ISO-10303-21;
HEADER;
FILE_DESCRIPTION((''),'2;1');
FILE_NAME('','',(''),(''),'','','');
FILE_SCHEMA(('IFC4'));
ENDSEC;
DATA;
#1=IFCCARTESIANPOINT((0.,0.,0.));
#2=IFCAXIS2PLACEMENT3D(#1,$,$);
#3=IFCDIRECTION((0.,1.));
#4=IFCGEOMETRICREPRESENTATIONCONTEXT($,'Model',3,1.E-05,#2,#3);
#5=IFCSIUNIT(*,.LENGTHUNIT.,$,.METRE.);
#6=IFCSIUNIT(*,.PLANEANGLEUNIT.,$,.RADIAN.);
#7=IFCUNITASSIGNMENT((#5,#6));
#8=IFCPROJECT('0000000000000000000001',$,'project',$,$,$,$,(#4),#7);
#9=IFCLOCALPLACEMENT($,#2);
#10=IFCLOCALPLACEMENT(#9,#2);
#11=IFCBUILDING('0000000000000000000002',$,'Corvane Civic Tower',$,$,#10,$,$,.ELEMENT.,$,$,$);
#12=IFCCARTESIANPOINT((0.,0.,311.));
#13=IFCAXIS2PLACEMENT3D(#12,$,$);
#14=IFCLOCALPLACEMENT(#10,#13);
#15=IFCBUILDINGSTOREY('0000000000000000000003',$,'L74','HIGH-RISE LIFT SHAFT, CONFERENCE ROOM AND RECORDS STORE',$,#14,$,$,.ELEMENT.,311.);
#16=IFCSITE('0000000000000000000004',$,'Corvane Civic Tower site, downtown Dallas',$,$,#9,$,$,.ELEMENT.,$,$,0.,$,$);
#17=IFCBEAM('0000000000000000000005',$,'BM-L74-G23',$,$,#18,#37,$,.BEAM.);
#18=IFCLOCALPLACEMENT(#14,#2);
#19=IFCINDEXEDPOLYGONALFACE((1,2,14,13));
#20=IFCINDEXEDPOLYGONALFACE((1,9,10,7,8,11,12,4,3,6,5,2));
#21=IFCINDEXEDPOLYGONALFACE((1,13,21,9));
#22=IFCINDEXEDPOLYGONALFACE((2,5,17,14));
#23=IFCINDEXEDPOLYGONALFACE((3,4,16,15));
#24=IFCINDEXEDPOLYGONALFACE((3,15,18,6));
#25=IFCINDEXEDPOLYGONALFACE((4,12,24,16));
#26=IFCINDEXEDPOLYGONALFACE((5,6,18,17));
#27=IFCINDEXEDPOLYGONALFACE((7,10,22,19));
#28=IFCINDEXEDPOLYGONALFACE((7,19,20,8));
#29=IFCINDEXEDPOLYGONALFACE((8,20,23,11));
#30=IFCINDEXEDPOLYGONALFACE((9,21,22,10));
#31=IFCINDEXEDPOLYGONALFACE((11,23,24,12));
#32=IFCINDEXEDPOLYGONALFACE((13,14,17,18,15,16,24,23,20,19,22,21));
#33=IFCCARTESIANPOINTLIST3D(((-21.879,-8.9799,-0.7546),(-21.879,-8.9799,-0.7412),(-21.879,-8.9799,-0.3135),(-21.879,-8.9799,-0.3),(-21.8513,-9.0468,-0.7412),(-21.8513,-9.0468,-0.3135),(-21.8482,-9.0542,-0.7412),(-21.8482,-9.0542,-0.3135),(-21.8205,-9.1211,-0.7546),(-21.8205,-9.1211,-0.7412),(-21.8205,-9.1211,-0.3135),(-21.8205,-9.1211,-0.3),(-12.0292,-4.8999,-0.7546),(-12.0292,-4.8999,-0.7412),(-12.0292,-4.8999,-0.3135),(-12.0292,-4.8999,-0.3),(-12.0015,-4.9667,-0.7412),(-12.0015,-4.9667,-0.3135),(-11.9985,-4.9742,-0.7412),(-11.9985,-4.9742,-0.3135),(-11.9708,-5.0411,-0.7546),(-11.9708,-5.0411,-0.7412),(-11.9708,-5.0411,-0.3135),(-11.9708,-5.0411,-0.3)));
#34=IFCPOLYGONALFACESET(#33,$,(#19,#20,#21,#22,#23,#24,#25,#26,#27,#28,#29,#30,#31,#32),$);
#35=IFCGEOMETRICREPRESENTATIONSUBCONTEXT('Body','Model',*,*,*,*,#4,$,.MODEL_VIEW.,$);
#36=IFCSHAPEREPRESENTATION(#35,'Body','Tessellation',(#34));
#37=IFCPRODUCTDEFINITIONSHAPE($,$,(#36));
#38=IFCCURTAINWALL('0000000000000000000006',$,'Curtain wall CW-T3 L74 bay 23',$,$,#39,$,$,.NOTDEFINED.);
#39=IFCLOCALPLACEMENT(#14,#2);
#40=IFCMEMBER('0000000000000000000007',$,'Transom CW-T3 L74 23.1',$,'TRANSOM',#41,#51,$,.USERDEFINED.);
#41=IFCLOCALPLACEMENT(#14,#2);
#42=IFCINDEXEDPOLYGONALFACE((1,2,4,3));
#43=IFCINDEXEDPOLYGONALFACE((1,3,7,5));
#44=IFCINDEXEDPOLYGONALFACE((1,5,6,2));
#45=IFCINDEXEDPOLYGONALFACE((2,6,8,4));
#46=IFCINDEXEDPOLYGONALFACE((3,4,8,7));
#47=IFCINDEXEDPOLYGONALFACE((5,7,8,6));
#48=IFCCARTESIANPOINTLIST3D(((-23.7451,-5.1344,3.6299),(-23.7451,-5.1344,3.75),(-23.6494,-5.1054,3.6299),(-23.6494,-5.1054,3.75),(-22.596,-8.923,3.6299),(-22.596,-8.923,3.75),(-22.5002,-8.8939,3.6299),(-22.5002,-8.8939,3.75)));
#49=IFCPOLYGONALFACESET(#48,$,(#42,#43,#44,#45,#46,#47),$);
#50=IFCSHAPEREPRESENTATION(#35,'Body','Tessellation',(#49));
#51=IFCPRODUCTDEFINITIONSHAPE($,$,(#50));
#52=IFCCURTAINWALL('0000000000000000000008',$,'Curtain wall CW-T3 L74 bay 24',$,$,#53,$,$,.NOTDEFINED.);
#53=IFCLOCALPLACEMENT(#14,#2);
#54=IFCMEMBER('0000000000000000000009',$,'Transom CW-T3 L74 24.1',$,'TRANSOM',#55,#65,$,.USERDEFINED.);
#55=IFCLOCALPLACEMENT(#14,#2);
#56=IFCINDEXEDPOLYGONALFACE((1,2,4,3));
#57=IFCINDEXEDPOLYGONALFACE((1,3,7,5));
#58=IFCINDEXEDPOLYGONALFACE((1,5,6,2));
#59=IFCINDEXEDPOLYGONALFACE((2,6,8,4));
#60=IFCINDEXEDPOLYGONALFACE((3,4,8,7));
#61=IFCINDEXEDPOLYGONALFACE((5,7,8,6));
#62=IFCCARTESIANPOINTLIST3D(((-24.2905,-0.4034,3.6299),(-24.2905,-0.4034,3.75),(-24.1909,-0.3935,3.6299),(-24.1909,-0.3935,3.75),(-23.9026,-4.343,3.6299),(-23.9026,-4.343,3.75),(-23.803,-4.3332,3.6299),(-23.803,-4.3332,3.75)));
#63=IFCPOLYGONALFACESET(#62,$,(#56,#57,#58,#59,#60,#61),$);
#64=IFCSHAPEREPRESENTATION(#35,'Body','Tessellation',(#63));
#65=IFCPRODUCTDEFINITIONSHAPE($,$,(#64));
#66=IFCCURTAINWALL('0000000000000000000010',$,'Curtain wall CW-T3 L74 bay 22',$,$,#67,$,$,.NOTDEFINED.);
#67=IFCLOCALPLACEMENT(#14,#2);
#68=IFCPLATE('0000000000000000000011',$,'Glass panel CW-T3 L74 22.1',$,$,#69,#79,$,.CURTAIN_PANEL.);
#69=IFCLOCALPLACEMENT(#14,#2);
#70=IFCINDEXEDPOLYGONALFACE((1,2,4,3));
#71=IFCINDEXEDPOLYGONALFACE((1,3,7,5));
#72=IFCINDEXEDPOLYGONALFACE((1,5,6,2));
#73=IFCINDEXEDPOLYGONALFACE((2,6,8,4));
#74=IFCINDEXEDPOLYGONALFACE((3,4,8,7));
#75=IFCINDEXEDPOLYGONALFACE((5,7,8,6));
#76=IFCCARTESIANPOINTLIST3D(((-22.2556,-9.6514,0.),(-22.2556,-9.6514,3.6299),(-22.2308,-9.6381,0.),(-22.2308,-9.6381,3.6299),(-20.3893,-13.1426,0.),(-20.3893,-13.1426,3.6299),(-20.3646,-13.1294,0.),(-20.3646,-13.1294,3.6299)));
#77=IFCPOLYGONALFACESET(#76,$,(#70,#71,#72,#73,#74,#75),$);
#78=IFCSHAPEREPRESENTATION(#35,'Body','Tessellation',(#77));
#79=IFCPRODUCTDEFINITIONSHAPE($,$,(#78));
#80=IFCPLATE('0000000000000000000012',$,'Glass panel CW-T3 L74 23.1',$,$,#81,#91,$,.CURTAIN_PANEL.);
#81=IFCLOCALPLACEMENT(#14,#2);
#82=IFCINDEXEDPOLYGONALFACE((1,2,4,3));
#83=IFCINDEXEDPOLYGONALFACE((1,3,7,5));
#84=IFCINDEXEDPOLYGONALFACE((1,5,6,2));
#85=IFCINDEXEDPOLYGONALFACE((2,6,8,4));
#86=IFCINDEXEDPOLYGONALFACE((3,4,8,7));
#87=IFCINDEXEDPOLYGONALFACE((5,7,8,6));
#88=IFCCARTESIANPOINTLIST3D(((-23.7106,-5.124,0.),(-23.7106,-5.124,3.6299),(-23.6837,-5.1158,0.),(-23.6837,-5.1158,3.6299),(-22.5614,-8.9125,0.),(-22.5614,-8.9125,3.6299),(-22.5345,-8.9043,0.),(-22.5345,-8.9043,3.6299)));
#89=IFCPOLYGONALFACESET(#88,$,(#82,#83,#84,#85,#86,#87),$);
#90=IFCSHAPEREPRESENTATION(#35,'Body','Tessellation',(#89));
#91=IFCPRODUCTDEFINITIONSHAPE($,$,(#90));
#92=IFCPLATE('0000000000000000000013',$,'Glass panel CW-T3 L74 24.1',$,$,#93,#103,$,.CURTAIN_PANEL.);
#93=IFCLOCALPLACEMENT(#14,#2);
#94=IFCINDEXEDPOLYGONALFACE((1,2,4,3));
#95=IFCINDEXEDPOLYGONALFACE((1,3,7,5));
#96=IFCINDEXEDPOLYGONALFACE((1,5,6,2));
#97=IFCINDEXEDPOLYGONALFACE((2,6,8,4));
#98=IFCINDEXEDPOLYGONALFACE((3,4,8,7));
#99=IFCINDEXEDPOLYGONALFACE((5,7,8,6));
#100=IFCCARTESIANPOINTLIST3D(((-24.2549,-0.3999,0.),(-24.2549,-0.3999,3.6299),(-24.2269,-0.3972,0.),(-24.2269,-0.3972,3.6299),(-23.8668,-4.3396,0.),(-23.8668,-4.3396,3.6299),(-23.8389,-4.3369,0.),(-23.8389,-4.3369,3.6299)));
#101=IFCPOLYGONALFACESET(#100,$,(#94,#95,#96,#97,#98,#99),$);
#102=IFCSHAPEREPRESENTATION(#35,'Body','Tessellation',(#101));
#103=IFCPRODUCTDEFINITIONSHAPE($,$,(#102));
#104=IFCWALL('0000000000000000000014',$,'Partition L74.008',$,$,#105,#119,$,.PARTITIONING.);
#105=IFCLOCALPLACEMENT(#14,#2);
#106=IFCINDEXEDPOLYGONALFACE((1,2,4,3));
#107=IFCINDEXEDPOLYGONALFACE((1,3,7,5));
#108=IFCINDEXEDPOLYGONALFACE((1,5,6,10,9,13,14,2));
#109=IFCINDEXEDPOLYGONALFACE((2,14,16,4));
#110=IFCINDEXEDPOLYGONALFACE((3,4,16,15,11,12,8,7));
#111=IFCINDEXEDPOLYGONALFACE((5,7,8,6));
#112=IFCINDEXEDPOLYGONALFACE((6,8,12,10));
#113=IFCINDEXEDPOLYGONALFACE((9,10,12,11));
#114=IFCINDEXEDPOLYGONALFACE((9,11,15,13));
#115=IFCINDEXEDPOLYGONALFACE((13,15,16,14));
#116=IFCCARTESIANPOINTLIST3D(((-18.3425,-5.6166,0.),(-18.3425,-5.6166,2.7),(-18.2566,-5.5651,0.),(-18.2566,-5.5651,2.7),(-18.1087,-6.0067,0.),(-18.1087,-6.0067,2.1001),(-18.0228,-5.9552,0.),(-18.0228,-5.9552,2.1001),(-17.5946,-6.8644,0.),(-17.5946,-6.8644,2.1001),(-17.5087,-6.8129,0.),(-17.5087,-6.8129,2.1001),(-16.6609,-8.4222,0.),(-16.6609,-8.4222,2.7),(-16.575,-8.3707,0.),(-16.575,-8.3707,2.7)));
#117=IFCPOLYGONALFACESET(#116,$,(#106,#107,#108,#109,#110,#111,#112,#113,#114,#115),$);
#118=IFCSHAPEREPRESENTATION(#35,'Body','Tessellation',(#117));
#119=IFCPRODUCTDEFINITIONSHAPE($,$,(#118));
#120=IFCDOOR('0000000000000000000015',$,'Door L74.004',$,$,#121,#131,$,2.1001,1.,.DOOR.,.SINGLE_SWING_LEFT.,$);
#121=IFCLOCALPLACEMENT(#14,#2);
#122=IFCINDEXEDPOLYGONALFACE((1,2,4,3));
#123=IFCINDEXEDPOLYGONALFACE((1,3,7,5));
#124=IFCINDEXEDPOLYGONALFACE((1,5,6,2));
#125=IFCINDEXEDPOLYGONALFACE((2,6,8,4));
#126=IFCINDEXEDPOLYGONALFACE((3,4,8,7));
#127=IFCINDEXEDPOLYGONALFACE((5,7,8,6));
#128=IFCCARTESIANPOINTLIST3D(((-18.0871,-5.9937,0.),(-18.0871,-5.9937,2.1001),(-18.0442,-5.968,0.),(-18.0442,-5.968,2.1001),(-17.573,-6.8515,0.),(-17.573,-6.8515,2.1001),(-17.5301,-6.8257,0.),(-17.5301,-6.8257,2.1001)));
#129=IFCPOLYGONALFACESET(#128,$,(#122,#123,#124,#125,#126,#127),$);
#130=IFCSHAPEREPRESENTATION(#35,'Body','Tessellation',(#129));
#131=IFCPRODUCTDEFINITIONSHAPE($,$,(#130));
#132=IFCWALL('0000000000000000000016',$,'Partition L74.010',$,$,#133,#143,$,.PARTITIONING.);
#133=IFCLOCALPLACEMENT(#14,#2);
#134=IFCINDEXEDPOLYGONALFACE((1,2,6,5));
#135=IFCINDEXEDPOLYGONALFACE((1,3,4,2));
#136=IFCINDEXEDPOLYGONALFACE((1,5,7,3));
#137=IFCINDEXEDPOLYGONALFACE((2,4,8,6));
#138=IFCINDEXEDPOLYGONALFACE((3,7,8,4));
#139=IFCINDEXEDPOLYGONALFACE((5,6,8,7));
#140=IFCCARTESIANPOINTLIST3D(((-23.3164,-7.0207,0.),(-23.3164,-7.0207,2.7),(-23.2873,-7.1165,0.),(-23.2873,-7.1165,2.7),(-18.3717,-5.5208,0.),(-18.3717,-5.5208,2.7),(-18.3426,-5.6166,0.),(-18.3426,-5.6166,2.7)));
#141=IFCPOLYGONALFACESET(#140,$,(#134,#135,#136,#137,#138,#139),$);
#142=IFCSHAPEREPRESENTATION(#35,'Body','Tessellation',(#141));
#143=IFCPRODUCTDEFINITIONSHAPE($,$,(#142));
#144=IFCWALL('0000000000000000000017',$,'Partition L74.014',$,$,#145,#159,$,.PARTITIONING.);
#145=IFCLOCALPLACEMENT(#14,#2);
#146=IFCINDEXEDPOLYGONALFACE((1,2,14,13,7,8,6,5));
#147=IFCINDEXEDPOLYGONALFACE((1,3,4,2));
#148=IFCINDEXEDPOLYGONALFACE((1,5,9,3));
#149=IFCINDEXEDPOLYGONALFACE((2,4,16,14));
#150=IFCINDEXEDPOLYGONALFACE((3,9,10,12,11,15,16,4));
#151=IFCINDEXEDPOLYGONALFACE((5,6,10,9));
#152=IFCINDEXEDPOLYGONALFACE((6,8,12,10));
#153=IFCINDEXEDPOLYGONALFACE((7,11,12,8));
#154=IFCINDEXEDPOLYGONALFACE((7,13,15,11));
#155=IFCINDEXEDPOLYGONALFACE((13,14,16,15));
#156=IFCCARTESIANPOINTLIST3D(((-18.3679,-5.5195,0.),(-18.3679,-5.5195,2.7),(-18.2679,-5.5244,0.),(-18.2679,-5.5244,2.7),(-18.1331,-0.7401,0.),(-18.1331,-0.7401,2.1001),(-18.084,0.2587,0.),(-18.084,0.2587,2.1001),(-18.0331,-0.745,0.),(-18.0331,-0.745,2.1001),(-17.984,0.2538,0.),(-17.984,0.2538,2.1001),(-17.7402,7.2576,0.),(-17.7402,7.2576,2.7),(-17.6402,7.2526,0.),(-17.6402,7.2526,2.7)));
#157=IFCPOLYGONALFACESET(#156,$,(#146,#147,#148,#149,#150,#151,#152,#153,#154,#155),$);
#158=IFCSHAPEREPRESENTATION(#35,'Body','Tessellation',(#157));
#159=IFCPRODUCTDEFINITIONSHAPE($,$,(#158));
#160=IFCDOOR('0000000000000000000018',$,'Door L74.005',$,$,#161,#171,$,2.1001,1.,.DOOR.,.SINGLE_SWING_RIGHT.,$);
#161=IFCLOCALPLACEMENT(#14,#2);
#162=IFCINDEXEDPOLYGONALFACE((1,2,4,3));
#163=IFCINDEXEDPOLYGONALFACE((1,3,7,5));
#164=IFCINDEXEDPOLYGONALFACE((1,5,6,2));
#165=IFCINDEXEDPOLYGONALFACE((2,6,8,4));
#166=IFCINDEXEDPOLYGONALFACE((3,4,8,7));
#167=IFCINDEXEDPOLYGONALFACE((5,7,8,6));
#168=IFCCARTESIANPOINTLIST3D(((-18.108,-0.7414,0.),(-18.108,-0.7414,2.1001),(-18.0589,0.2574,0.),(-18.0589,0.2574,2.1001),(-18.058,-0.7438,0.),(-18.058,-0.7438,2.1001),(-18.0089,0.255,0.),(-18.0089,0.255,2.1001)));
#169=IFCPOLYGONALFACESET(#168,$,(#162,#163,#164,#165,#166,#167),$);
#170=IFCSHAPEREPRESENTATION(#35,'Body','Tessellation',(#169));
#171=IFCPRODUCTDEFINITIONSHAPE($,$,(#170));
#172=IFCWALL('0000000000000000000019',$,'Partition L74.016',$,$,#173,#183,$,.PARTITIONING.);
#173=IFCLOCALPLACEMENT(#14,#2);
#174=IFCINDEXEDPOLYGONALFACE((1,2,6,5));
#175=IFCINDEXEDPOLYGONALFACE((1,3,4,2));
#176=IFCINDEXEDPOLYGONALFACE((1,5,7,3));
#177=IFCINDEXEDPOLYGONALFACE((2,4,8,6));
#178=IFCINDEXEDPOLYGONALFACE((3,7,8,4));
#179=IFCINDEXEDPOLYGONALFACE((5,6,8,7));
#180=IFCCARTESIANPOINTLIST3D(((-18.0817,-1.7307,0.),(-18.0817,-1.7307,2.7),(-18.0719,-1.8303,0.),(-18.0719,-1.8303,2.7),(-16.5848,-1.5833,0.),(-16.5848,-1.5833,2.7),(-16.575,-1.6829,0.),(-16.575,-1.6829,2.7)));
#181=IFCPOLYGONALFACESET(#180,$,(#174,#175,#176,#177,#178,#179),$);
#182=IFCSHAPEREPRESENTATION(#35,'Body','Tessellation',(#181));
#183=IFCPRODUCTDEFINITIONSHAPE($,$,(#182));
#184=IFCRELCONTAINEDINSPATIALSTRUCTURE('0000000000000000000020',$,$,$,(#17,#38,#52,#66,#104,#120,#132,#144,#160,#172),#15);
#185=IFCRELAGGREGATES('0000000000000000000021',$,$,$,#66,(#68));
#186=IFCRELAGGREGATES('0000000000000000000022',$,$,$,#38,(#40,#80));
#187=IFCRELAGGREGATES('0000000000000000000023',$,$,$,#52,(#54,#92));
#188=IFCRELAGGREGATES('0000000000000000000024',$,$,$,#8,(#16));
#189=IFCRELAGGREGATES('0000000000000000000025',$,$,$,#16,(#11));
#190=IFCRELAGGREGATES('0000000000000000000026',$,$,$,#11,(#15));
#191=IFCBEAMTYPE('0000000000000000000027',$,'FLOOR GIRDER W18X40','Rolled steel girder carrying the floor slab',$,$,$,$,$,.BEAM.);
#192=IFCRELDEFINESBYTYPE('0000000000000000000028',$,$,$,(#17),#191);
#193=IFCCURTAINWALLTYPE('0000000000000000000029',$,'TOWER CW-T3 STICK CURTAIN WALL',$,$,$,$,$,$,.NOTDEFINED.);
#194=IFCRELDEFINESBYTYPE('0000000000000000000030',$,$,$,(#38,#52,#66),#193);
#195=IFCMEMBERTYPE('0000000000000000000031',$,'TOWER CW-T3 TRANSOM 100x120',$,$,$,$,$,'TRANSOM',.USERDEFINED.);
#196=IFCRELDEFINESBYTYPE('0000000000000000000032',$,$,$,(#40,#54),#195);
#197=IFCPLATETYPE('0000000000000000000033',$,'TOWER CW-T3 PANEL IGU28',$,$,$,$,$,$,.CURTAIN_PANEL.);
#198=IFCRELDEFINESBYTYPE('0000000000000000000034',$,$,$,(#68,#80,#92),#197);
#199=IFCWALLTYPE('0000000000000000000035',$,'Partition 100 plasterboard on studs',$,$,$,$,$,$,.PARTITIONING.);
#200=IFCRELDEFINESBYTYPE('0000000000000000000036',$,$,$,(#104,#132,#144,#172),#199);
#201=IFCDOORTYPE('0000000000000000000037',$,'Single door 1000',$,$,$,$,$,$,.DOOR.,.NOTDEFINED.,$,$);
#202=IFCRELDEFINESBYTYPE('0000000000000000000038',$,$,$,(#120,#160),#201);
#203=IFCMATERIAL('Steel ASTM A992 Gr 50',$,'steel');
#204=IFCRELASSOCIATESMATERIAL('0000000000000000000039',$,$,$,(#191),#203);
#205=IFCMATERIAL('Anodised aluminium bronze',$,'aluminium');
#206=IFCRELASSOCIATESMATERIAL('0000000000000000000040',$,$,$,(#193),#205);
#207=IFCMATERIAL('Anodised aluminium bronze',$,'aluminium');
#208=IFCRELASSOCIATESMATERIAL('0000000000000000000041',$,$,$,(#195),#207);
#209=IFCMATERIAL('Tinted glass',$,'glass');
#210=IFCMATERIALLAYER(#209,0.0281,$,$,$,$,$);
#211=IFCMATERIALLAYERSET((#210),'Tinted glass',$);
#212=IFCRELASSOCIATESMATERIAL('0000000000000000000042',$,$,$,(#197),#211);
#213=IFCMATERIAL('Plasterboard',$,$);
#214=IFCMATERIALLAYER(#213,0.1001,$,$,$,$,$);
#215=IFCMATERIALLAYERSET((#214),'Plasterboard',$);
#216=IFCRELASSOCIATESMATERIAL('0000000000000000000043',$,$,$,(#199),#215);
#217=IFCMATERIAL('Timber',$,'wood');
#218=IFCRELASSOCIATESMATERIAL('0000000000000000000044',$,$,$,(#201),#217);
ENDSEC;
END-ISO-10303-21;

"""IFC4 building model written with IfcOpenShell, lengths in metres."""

from ifc_helpers import new_model, si_unit, direction, frame, frame_2d, origin, origin_2d, place, context, subcontext, project, spatial, rectangle, i_section, extrude, material, layer, layer_set, material_profile, profile_set, type_object, element, fill, aggregate, save


model = new_model("IFC4")

# Units and contexts
model_context = context("Model", 3, precision=1e-05, world=origin(), true_north=direction((0.0, 1.0)))
body_context = subcontext(model_context, "Body", "Model", "MODEL_VIEW")
ifc_project = project(units=[si_unit("LENGTHUNIT", "METRE"), si_unit("PLANEANGLEUNIT", "RADIAN")], contexts=[model_context])

# Site, building, storey
site_placement = place(None, origin())
site = spatial("IfcSite", under=ifc_project, at=site_placement, Name="Corvane Civic Tower site, downtown Dallas", CompositionType="ELEMENT", RefElevation=0.0)
building_placement = place(site_placement, origin())
building = spatial("IfcBuilding", under=site, at=building_placement, Name="Corvane Civic Tower", CompositionType="ELEMENT")
storey_placement = place(building_placement, frame((0.0, 0.0, 311.0)))
storey = spatial("IfcBuildingStorey", under=building, at=storey_placement, Name="L74", Description="HIGH-RISE LIFT SHAFT, CONFERENCE ROOM AND RECORDS STORE", CompositionType="ELEMENT", Elevation=311.0)

# Beam
ifc_material_1 = material(Name="Steel ASTM A992 Gr 50", Category="steel")
ifc_material_profile_1 = material_profile(ifc_material_1, i_section(OverallWidth=0.1528, OverallDepth=0.4546, WebThickness=0.0081, FlangeThickness=0.0134, at=origin_2d()), Name="W18X40")
ifc_profile_set_1 = profile_set([ifc_material_profile_1], Name="Steel ASTM A992 Gr 50")
beam_type_1 = type_object("IfcBeamType", Name="FLOOR GIRDER W18X40", Description="Rolled steel girder carrying the floor slab", PredefinedType="BEAM", material=ifc_profile_set_1)
beam_1_placement = place(storey_placement, frame((-12.0, -4.9705, -0.5273), z_axis=(-0.923875, -0.382694, 0.0), x_axis=(0.382694, -0.923875, 0.0)))
element("IfcBeam", 1, at=beam_1_placement, inside=storey, type_object=beam_type_1, Name="BM-L74-G23", PredefinedType="BEAM", context=body_context, shape_type="SweptSolid", body=[
    extrude(i_section(OverallWidth=0.1528, OverallDepth=0.4546, WebThickness=0.0081, FlangeThickness=0.0134, at=origin_2d()), origin(), (0.0, 0.0, 1.0), 10.6614),
])

# Curtain walls, members
ifc_material_2 = material(Name="Anodised aluminium bronze", Category="aluminium")
curtain_wall_type = type_object("IfcCurtainWallType", Name="TOWER CW-T3 STICK CURTAIN WALL", PredefinedType="NOTDEFINED", material=ifc_material_2)
curtain_wall_1_placement = place(storey_placement, origin())
curtain_wall_1 = element("IfcCurtainWall", 2, at=curtain_wall_1_placement, inside=storey, type_object=curtain_wall_type, Name="Curtain wall CW-T3 L74 bay 23", PredefinedType="NOTDEFINED")
ifc_material_3 = material(Name="Anodised aluminium bronze", Category="aluminium")
ifc_material_profile_2 = material_profile(ifc_material_3, rectangle(XDim=0.1001, YDim=0.1201, at=origin_2d()), Name="TOWER CW-T3 TRANSOM 100x120")
ifc_profile_set_2 = profile_set([ifc_material_profile_2], Name="Anodised aluminium bronze")
member_type = type_object("IfcMemberType", Name="TOWER CW-T3 TRANSOM 100x120", ElementType="TRANSOM", PredefinedType="USERDEFINED", material=ifc_profile_set_2)
member_1_placement = place(storey_placement, frame((-22.5481, -8.9084, 3.6899), z_axis=(-0.290266, 0.956946, 0.0), x_axis=(-0.956946, -0.290266, 0.0)))
member_1 = element("IfcMember", 3, at=member_1_placement, type_object=member_type, Name="Transom CW-T3 L74 23.1", ObjectType="TRANSOM", PredefinedType="USERDEFINED", context=body_context, shape_type="SweptSolid", body=[
    extrude(rectangle(XDim=0.1001, YDim=0.1201, at=origin_2d()), origin(), (0.0, 0.0, 1.0), 3.959),
])
curtain_wall_2_placement = place(storey_placement, origin())
curtain_wall_2 = element("IfcCurtainWall", 4, at=curtain_wall_2_placement, inside=storey, type_object=curtain_wall_type, Name="Curtain wall CW-T3 L74 bay 24", PredefinedType="NOTDEFINED")
member_2_placement = place(storey_placement, frame((-23.8528, -4.3381, 3.6899), z_axis=(-0.097995, 0.995187, 0.0), x_axis=(-0.995187, -0.097995, 0.0)))
member_2 = element("IfcMember", 5, at=member_2_placement, type_object=member_type, Name="Transom CW-T3 L74 24.1", ObjectType="TRANSOM", PredefinedType="USERDEFINED", context=body_context, shape_type="SweptSolid", body=[
    extrude(rectangle(XDim=0.1001, YDim=0.1201, at=origin_2d()), origin(), (0.0, 0.0, 1.0), 3.9587),
])

# Curtain wall, plate
curtain_wall_3_placement = place(storey_placement, origin())
curtain_wall_3 = element("IfcCurtainWall", 6, at=curtain_wall_3_placement, inside=storey, type_object=curtain_wall_type, Name="Curtain wall CW-T3 L74 bay 22", PredefinedType="NOTDEFINED")
ifc_material_4 = material(Name="Tinted glass", Category="glass")
ifc_layer_1 = layer(ifc_material_4, 0.0281)
ifc_layer_set_1 = layer_set([ifc_layer_1], Name="Tinted glass")
plate_type = type_object("IfcPlateType", Name="TOWER CW-T3 PANEL IGU28", PredefinedType="CURTAIN_PANEL", material=ifc_layer_set_1)
plate_1_placement = place(storey_placement, frame((-21.3101, -11.3904, 0.0), z_axis=(0.0, 0.0, 1.0), x_axis=(-0.471421, 0.881908, 0.0)))
plate_1 = element("IfcPlate", 7, at=plate_1_placement, type_object=plate_type, Name="Glass panel CW-T3 L74 22.1", PredefinedType="CURTAIN_PANEL", context=body_context, shape_type="SweptSolid", body=[
    extrude(rectangle(XDim=3.9587, YDim=0.0281, at=origin_2d()), origin(), (0.0, 0.0, 1.0), 3.6299),
])
aggregate(curtain_wall_3, [plate_1])

# Plates
plate_2_placement = place(storey_placement, frame((-23.1226, -7.0142, 0.0), z_axis=(0.0, 0.0, 1.0), x_axis=(-0.290274, 0.956944, 0.0)))
plate_2 = element("IfcPlate", 8, at=plate_2_placement, type_object=plate_type, Name="Glass panel CW-T3 L74 23.1", PredefinedType="CURTAIN_PANEL", context=body_context, shape_type="SweptSolid", body=[
    extrude(rectangle(XDim=3.959, YDim=0.0281, at=origin_2d()), origin(), (0.0, 0.0, 1.0), 3.6299),
])
aggregate(curtain_wall_1, [member_1, plate_2])
plate_3_placement = place(storey_placement, frame((-24.0469, -2.3684, 0.0), z_axis=(0.0, 0.0, 1.0), x_axis=(-0.098021, 0.995184, 0.0)))
plate_3 = element("IfcPlate", 9, at=plate_3_placement, type_object=plate_type, Name="Glass panel CW-T3 L74 24.1", PredefinedType="CURTAIN_PANEL", context=body_context, shape_type="SweptSolid", body=[
    extrude(rectangle(XDim=3.9587, YDim=0.0281, at=origin_2d()), origin(), (0.0, 0.0, 1.0), 3.6299),
])
aggregate(curtain_wall_2, [member_2, plate_3])

# Wall, opening, door
ifc_material_5 = material(Name="Plasterboard")
ifc_layer_2 = layer(ifc_material_5, 0.1001)
ifc_layer_set_2 = layer_set([ifc_layer_2], Name="Plasterboard")
wall_type = type_object("IfcWallType", Name="Partition 100 plasterboard on studs", PredefinedType="PARTITIONING", material=ifc_layer_set_2)
wall_1_placement = place(storey_placement, frame((-18.2996, -5.5908, 0.0), z_axis=(0.0, 0.0, 1.0), x_axis=(0.514101, -0.85773, 0.0)))
wall_1 = element("IfcWall", 10, at=wall_1_placement, inside=storey, type_object=wall_type, Name="Partition L74.008", PredefinedType="PARTITIONING", context=body_context, shape_type="SweptSolid", body=[
    extrude(rectangle(XDim=3.271, YDim=0.1001, at=frame_2d((1.6355, 0.0))), origin(), (0.0, 0.0, 1.0), 2.7),
])
opening_1_placement = place(wall_1_placement, frame((0.4548, 0.0, 0.0)))
opening_1 = element("IfcOpeningElement", 11, at=opening_1_placement, cuts=wall_1, PredefinedType="OPENING", context=body_context, shape_type="SweptSolid", body=[
    extrude(rectangle(XDim=1.0, YDim=2.1001, at=frame_2d((0.5, 1.05))), frame((0.0, 0.0601, 0.0), z_axis=(0.0, -1.0, 0.0), x_axis=(1.0, 0.0, 0.0)), (0.0, 0.0, 1.0), 0.1201),
])
ifc_material_6 = material(Name="Timber", Category="wood")
door_type = type_object("IfcDoorType", Name="Single door 1000", OperationType="NOTDEFINED", PredefinedType="DOOR", material=ifc_material_6)
door_1_placement = place(opening_1_placement, frame((1.0, 0.0, 0.0), z_axis=(0.0, 0.0, 1.0), x_axis=(-1.0, 0.0, 0.0)))
door_1 = element("IfcDoor", 12, at=door_1_placement, inside=storey, type_object=door_type, Name="Door L74.004", OperationType="SINGLE_SWING_LEFT", OverallHeight=2.1001, OverallWidth=1.0, PredefinedType="DOOR", context=body_context, shape_type="SweptSolid", body=[
    extrude(rectangle(XDim=1.0, YDim=2.1001, at=frame_2d((0.5, 1.05))), frame((0.0, 0.0249, 0.0), z_axis=(0.0, -1.0, 0.0), x_axis=(1.0, 0.0, 0.0)), (0.0, 0.0, 1.0), 0.05),
])
fill(opening_1, door_1)

# Wall
wall_2_placement = place(storey_placement, frame((-23.3018, -7.0686, 0.0), z_axis=(0.0, 0.0, 1.0), x_axis=(0.95694, 0.290285, 0.0)))
element("IfcWall", 13, at=wall_2_placement, inside=storey, type_object=wall_type, Name="Partition L74.010", PredefinedType="PARTITIONING", context=body_context, shape_type="SweptSolid", body=[
    extrude(rectangle(XDim=5.1672, YDim=0.1001, at=frame_2d((2.5835, 0.0))), origin(), (0.0, 0.0, 1.0), 2.7),
])

# Wall, opening, door
wall_3_placement = place(storey_placement, frame((-18.3179, -5.522, 0.0), z_axis=(0.0, 0.0, 1.0), x_axis=(0.049067, 0.998796, 0.0)))
wall_3 = element("IfcWall", 14, at=wall_3_placement, inside=storey, type_object=wall_type, Name="Partition L74.014", PredefinedType="PARTITIONING", context=body_context, shape_type="SweptSolid", body=[
    extrude(rectangle(XDim=12.7925, YDim=0.1001, at=frame_2d((6.3962, 0.0))), origin(), (0.0, 0.0, 1.0), 2.7),
])
opening_2_placement = place(wall_3_placement, frame((4.7852, 0.0, 0.0)))
opening_2 = element("IfcOpeningElement", 15, at=opening_2_placement, cuts=wall_3, PredefinedType="OPENING", context=body_context, shape_type="SweptSolid", body=[
    extrude(rectangle(XDim=1.0, YDim=2.1001, at=frame_2d((0.5, 1.05))), frame((0.0, 0.0601, 0.0), z_axis=(0.0, -1.0, 0.0), x_axis=(1.0, 0.0, 0.0)), (0.0, 0.0, 1.0), 0.1201),
])
door_2_placement = place(opening_2_placement, origin())
door_2 = element("IfcDoor", 16, at=door_2_placement, inside=storey, type_object=door_type, Name="Door L74.005", OperationType="SINGLE_SWING_RIGHT", OverallHeight=2.1001, OverallWidth=1.0, PredefinedType="DOOR", context=body_context, shape_type="SweptSolid", body=[
    extrude(rectangle(XDim=1.0, YDim=2.1001, at=frame_2d((0.5, 1.05))), frame((0.0, 0.0249, 0.0), z_axis=(0.0, -1.0, 0.0), x_axis=(1.0, 0.0, 0.0)), (0.0, 0.0, 1.0), 0.05),
])
fill(opening_2, door_2)

# Wall
wall_4_placement = place(storey_placement, frame((-18.0767, -1.7805, 0.0), z_axis=(0.0, 0.0, 1.0), x_axis=(0.995182, 0.098041, 0.0)))
element("IfcWall", 17, at=wall_4_placement, inside=storey, type_object=wall_type, Name="Partition L74.016", PredefinedType="PARTITIONING", context=body_context, shape_type="SweptSolid", body=[
    extrude(rectangle(XDim=1.5042, YDim=0.1001, at=frame_2d((0.752, 0.0))), origin(), (0.0, 0.0, 1.0), 2.7),
])

save(model, "model.ifc")
